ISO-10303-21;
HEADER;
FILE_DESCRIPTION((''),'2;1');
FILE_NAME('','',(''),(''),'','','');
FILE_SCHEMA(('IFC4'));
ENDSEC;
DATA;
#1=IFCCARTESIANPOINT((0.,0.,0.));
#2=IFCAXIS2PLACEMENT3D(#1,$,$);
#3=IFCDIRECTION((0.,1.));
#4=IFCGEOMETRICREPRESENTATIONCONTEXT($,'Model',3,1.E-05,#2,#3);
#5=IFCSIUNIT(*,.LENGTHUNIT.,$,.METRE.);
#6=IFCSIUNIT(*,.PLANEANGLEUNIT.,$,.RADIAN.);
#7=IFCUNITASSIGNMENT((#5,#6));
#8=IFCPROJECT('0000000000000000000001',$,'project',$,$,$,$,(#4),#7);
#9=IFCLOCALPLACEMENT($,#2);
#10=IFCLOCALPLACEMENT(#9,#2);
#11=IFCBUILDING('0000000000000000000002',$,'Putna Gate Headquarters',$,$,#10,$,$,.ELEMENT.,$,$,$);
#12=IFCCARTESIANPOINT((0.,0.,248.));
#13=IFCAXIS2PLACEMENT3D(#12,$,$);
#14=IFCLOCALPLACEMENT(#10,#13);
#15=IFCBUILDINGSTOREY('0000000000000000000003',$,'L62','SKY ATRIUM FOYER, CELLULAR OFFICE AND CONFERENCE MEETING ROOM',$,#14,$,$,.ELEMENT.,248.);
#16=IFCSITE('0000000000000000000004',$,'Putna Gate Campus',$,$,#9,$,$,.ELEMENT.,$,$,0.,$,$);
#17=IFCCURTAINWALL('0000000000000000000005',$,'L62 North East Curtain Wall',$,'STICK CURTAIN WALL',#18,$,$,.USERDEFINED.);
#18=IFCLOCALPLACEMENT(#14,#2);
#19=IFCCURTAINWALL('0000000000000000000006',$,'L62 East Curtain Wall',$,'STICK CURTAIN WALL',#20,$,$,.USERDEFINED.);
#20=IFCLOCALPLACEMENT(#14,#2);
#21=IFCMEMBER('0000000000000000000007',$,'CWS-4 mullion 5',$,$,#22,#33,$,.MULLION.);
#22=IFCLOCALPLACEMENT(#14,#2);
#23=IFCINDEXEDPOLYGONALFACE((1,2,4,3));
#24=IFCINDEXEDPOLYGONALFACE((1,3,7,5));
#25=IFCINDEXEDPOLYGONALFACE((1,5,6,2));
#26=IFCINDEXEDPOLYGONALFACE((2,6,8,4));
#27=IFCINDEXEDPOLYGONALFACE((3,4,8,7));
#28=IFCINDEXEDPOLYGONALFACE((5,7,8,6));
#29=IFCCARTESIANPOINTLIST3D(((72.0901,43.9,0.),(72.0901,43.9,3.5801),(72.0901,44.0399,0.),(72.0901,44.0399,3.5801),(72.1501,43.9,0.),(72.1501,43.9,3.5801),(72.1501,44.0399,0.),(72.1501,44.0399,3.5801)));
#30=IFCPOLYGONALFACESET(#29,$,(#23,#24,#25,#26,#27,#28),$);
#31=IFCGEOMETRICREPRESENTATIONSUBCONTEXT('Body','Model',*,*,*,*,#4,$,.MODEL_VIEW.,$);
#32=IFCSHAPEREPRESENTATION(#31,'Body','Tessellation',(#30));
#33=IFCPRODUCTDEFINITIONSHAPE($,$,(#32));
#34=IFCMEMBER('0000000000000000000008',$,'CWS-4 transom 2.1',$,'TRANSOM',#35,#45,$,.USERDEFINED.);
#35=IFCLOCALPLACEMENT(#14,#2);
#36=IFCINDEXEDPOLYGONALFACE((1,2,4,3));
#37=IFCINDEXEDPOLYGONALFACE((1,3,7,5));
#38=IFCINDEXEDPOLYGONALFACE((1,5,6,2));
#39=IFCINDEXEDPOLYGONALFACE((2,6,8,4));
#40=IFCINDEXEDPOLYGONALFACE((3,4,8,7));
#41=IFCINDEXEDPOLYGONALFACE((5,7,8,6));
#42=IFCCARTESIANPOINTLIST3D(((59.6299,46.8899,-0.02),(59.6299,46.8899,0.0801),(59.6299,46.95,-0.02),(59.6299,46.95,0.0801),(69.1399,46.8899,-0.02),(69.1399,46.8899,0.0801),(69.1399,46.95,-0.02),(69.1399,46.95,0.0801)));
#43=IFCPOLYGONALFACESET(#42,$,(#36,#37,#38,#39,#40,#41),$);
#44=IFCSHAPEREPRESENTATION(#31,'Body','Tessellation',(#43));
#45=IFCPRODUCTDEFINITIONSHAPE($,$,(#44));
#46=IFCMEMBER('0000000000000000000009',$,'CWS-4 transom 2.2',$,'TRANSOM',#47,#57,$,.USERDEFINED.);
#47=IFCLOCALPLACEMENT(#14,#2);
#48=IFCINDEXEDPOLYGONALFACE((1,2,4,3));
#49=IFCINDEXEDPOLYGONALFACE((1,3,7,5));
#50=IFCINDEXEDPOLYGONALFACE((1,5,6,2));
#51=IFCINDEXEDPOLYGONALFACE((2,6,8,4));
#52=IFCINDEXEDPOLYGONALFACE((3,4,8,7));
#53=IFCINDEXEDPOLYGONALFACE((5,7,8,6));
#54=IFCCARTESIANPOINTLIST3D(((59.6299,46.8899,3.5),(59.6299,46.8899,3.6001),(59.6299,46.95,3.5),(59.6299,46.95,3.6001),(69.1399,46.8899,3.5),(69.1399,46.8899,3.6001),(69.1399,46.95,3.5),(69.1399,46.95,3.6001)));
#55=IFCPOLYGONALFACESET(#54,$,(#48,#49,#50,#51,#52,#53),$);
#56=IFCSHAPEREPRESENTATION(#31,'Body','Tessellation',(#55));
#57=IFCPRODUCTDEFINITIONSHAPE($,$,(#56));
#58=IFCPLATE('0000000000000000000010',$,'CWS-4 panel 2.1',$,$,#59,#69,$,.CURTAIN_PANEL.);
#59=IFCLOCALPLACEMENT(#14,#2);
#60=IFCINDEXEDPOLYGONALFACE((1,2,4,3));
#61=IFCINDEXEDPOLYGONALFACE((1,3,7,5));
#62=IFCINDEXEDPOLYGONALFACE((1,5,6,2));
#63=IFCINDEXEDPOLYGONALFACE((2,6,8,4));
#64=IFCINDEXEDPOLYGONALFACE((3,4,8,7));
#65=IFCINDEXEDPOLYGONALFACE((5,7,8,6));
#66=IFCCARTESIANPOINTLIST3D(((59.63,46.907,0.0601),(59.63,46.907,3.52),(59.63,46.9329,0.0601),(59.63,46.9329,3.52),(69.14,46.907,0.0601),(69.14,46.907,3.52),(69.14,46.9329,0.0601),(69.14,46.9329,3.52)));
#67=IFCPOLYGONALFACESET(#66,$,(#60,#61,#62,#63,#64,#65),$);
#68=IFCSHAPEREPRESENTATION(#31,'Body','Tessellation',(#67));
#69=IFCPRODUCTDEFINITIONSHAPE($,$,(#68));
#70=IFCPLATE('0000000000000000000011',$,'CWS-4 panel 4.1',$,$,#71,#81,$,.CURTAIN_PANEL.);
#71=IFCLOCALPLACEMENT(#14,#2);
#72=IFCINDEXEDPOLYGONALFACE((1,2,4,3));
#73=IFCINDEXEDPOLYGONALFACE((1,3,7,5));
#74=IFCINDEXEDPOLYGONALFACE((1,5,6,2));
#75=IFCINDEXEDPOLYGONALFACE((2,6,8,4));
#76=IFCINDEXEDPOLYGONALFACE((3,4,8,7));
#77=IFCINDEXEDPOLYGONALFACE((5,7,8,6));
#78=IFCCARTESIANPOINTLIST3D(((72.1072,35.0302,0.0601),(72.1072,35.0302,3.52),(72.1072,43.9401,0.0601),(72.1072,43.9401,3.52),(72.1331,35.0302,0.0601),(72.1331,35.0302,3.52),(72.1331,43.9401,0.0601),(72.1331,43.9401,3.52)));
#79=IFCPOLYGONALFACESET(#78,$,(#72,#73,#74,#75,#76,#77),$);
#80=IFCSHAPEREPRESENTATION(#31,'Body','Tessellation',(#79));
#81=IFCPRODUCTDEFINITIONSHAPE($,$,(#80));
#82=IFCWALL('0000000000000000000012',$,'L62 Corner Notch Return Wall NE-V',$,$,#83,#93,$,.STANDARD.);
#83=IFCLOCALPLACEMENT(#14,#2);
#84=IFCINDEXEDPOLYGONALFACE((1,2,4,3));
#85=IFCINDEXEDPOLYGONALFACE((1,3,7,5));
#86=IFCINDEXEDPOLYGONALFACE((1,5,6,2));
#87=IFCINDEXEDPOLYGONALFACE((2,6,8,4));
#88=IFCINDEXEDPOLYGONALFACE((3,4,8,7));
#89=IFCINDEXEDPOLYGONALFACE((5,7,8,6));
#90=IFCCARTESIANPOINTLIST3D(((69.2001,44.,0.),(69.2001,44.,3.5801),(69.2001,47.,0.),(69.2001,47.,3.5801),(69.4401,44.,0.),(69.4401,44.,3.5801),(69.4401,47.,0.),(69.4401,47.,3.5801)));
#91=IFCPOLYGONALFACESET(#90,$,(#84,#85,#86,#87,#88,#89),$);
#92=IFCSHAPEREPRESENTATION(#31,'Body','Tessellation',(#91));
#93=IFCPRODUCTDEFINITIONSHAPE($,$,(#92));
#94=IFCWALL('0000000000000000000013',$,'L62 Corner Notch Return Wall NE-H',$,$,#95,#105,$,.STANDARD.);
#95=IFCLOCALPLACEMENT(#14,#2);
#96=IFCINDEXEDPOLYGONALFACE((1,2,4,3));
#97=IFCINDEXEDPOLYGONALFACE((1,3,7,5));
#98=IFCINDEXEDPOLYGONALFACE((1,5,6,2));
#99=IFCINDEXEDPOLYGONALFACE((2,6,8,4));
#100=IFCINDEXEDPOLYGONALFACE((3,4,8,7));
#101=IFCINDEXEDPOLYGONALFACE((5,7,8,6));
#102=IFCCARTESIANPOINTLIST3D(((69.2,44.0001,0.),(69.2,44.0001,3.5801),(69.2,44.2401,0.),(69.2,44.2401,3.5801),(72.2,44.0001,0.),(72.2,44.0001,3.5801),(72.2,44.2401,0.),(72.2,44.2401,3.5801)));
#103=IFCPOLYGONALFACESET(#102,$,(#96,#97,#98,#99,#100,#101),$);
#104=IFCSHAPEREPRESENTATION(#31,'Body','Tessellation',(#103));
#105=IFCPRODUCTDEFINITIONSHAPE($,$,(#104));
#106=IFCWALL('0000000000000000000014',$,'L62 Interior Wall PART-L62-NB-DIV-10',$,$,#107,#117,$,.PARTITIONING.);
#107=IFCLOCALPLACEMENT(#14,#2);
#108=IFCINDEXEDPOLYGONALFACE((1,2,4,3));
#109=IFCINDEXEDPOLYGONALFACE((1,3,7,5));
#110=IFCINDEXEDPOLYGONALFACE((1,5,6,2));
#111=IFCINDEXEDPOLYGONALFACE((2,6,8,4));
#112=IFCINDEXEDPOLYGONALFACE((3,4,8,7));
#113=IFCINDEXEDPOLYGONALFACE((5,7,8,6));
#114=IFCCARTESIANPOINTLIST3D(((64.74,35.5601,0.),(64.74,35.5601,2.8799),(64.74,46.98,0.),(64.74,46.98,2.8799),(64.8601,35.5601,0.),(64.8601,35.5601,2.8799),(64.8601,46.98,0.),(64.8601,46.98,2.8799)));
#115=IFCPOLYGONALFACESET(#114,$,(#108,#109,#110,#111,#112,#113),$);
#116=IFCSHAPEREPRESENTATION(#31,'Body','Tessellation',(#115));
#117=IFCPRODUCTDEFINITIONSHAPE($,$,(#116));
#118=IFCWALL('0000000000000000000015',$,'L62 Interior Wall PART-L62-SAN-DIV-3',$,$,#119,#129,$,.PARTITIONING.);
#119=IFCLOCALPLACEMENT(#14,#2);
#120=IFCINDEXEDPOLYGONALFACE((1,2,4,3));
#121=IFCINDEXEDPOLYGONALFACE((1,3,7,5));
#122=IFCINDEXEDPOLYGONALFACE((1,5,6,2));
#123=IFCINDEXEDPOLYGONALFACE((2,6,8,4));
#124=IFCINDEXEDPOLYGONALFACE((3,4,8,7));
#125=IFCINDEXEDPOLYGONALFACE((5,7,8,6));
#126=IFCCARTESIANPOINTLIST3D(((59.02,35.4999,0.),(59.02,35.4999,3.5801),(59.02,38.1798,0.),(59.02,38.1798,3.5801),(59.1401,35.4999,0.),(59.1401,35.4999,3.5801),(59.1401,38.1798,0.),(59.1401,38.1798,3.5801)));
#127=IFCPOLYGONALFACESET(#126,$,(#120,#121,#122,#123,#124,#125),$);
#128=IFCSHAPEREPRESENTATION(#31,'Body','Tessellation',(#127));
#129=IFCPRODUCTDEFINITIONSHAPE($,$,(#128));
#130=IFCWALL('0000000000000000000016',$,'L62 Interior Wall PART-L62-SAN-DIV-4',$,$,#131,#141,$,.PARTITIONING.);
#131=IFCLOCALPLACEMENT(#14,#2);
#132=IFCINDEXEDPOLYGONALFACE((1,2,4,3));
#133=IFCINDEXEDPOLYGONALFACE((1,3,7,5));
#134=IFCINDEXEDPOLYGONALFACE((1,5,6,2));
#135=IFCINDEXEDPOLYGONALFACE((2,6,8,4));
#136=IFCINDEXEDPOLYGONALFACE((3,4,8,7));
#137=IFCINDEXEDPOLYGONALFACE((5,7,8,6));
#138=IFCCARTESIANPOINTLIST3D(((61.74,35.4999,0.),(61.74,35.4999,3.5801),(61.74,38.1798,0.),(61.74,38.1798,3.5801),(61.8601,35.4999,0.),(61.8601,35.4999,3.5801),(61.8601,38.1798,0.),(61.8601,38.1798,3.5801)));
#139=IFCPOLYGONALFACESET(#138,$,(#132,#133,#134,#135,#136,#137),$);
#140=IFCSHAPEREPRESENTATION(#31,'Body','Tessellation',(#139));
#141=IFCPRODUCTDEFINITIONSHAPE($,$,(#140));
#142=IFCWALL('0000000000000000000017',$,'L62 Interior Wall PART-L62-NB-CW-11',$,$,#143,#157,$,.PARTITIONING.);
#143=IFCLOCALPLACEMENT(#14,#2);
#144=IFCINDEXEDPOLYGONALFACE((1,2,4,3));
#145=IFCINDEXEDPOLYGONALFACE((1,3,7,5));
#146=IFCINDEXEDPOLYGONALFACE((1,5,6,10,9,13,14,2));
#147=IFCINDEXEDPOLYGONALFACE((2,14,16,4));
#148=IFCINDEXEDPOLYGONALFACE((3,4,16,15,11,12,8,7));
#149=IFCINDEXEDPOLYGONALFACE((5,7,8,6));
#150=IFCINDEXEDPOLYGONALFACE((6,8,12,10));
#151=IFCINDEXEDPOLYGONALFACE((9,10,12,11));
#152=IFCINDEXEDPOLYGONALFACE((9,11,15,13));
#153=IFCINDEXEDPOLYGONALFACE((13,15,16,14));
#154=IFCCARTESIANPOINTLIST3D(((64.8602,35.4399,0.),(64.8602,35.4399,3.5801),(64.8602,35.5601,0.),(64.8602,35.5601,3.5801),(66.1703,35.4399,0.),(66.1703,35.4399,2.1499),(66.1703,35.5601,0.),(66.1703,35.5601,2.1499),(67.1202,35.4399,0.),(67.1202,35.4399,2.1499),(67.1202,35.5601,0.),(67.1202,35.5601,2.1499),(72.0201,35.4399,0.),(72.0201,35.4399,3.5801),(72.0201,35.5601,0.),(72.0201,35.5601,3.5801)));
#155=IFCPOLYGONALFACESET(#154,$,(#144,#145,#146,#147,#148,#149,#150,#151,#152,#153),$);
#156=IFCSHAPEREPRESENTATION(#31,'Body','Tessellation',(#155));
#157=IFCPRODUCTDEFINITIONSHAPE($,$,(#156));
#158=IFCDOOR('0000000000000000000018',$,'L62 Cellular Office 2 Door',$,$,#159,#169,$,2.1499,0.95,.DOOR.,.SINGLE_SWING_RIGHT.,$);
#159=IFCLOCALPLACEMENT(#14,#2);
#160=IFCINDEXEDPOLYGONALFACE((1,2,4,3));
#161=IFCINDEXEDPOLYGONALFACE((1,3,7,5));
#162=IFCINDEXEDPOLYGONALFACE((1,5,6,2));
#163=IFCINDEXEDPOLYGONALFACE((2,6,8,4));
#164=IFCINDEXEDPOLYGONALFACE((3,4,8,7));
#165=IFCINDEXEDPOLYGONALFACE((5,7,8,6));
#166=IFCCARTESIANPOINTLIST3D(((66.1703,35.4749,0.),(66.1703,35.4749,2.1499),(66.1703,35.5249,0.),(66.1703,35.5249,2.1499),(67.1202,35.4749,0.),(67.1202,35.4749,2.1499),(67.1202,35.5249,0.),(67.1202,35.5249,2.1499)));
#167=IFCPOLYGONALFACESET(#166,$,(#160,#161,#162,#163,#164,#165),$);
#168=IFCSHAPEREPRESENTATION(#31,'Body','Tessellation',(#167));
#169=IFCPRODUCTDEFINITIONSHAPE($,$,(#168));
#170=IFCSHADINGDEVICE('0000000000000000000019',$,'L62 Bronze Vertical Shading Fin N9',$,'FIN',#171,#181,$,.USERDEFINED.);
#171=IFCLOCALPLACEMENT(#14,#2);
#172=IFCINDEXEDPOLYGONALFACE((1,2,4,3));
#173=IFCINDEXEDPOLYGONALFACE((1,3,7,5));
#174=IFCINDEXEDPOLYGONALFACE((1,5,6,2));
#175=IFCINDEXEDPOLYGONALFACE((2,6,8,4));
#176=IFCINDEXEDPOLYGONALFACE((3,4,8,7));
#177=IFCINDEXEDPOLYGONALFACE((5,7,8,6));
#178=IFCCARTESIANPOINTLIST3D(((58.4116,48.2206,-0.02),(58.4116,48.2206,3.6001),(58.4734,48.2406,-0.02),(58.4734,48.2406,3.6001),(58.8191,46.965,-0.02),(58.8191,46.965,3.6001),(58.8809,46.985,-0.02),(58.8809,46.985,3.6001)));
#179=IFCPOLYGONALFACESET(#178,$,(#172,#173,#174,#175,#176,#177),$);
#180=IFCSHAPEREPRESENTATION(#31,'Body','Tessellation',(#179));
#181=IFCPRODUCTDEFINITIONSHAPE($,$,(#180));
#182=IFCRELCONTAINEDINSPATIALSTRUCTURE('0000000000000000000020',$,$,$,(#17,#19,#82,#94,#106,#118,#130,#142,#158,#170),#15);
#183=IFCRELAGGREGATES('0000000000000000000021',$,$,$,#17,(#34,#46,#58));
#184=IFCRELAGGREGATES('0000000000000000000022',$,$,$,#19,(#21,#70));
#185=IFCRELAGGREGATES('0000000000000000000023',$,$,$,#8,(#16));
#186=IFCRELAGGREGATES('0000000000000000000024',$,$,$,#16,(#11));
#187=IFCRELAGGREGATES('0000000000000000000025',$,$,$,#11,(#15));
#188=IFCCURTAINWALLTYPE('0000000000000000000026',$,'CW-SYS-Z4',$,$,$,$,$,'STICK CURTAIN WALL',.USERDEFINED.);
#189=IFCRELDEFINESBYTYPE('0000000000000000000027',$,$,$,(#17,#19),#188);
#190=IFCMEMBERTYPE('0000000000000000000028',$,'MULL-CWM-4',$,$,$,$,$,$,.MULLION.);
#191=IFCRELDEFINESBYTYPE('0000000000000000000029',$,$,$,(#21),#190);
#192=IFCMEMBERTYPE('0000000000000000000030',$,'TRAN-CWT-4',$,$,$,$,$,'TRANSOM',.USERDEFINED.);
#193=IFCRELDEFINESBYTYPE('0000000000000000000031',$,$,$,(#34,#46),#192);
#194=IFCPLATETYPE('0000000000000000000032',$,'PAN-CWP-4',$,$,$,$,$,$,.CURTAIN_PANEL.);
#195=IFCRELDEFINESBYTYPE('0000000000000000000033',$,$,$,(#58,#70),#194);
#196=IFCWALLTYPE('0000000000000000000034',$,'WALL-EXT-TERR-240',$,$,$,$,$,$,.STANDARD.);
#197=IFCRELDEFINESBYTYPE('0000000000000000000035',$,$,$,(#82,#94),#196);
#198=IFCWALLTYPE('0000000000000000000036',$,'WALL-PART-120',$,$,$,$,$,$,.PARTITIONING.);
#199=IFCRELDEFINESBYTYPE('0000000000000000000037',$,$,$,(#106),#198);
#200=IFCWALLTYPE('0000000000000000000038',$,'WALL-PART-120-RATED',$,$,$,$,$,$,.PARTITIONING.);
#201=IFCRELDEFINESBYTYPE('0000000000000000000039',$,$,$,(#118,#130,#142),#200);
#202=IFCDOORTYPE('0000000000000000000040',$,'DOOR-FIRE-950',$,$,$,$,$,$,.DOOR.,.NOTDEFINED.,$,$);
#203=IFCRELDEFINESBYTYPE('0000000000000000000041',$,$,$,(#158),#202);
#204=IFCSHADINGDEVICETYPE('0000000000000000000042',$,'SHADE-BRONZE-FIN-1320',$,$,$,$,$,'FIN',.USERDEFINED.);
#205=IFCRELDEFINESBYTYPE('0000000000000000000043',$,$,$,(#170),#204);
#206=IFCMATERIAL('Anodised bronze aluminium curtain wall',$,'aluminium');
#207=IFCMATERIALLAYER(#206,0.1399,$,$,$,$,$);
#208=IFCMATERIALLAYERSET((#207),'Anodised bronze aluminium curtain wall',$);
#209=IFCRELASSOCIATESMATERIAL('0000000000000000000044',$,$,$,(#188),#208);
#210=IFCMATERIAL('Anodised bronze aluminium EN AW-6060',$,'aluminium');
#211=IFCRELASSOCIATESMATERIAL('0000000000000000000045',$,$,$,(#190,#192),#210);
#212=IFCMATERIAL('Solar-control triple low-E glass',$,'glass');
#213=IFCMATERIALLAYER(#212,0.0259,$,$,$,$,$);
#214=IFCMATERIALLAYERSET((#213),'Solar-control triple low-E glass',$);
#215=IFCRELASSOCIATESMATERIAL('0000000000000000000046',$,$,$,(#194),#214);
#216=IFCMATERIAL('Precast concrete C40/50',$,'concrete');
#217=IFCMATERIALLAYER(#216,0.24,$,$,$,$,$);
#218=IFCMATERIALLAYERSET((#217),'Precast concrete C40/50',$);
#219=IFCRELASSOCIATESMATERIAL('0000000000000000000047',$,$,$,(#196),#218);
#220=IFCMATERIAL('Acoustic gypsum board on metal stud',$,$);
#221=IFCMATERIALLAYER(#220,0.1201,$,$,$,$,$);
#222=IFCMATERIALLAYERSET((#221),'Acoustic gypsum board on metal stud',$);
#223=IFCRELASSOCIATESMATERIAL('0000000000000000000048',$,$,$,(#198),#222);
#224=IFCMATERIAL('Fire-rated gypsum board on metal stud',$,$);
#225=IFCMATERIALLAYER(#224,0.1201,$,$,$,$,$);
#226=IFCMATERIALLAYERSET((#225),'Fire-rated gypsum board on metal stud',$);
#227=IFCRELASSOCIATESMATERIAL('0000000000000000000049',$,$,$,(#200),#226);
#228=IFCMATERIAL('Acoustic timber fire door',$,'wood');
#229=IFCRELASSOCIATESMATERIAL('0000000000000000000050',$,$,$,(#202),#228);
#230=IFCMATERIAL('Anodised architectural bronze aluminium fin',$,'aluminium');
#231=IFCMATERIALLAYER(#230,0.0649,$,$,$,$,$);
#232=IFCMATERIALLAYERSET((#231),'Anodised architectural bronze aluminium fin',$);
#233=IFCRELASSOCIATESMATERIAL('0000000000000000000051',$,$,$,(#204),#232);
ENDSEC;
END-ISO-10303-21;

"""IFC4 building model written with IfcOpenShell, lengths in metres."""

from ifc_helpers import new_model, si_unit, direction, frame, frame_2d, origin, origin_2d, place, context, subcontext, project, spatial, rectangle, extrude, material, layer, layer_set, material_profile, profile_set, type_object, element, fill, aggregate, save


model = new_model("IFC4")

# Units and contexts
model_context = context("Model", 3, precision=1e-05, world=origin(), true_north=direction((0.0, 1.0)))
body_context = subcontext(model_context, "Body", "Model", "MODEL_VIEW")
ifc_project = project(units=[si_unit("LENGTHUNIT", "METRE"), si_unit("PLANEANGLEUNIT", "RADIAN")], contexts=[model_context])

# Site, building, storey
site_placement = place(None, origin())
site = spatial("IfcSite", under=ifc_project, at=site_placement, Name="Putna Gate Campus", CompositionType="ELEMENT", RefElevation=0.0)
building_placement = place(site_placement, origin())
building = spatial("IfcBuilding", under=site, at=building_placement, Name="Putna Gate Headquarters", CompositionType="ELEMENT")
storey_placement = place(building_placement, frame((0.0, 0.0, 248.0)))
storey = spatial("IfcBuildingStorey", under=building, at=storey_placement, Name="L62", Description="SKY ATRIUM FOYER, CELLULAR OFFICE AND CONFERENCE MEETING ROOM", CompositionType="ELEMENT", Elevation=248.0)

# Curtain wall
ifc_material_1 = material(Name="Anodised bronze aluminium curtain wall", Category="aluminium")
ifc_layer_1 = layer(ifc_material_1, 0.1399)
ifc_layer_set_1 = layer_set([ifc_layer_1], Name="Anodised bronze aluminium curtain wall")
curtain_wall_type = type_object("IfcCurtainWallType", Name="CW-SYS-Z4", ElementType="STICK CURTAIN WALL", PredefinedType="USERDEFINED", material=ifc_layer_set_1)
curtain_wall_1_placement = place(storey_placement, origin())
curtain_wall_1 = element("IfcCurtainWall", 1, at=curtain_wall_1_placement, inside=storey, type_object=curtain_wall_type, Name="L62 North East Curtain Wall", ObjectType="STICK CURTAIN WALL", PredefinedType="USERDEFINED")
ifc_material_2 = material(Name="Anodised bronze aluminium EN AW-6060", Category="aluminium")
ifc_material_profile_1 = material_profile(ifc_material_2, rectangle(XDim=0.0601, YDim=0.1399, at=origin_2d()), Name="Anodised bronze aluminium EN AW-6060")
ifc_profile_set_1 = profile_set([ifc_material_profile_1], Name="Anodised bronze aluminium EN AW-6060")
member_type_1 = type_object("IfcMemberType", Name="MULL-CWM-4", PredefinedType="MULLION", material=ifc_profile_set_1)

# Curtain wall, member
curtain_wall_2_placement = place(storey_placement, origin())
curtain_wall_2 = element("IfcCurtainWall", 2, at=curtain_wall_2_placement, inside=storey, type_object=curtain_wall_type, Name="L62 East Curtain Wall", ObjectType="STICK CURTAIN WALL", PredefinedType="USERDEFINED")
member_1_placement = place(storey_placement, frame((72.1201, 43.97, 0.0), z_axis=(0.0, 0.0, 1.0), x_axis=(-1.0, 0.0, 0.0)))
member_1 = element("IfcMember", 3, at=member_1_placement, type_object=member_type_1, Name="CWS-4 mullion 5", PredefinedType="MULLION", context=body_context, shape_type="SweptSolid", body=[
    extrude(rectangle(XDim=0.0601, YDim=0.1399, at=origin_2d()), origin(), (0.0, 0.0, 1.0), 3.5801),
])

# Members
ifc_material_profile_2 = material_profile(ifc_material_2, rectangle(XDim=0.0601, YDim=0.1001, at=origin_2d()), Name="Anodised bronze aluminium EN AW-6060")
ifc_profile_set_2 = profile_set([ifc_material_profile_2], Name="Anodised bronze aluminium EN AW-6060")
member_type_2 = type_object("IfcMemberType", Name="TRAN-CWT-4", ElementType="TRANSOM", PredefinedType="USERDEFINED", material=ifc_profile_set_2)
member_2_placement = place(storey_placement, frame((59.6299, 46.9199, 0.03), z_axis=(1.0, 0.0, 0.0), x_axis=(0.0, 1.0, 0.0)))
member_2 = element("IfcMember", 4, at=member_2_placement, type_object=member_type_2, Name="CWS-4 transom 2.1", ObjectType="TRANSOM", PredefinedType="USERDEFINED", context=body_context, shape_type="SweptSolid", body=[
    extrude(rectangle(XDim=0.0601, YDim=0.1001, at=origin_2d()), origin(), (0.0, 0.0, 1.0), 9.51),
])
member_3_placement = place(storey_placement, frame((59.6299, 46.9199, 3.55), z_axis=(1.0, 0.0, 0.0), x_axis=(0.0, 1.0, 0.0)))
member_3 = element("IfcMember", 5, at=member_3_placement, type_object=member_type_2, Name="CWS-4 transom 2.2", ObjectType="TRANSOM", PredefinedType="USERDEFINED", context=body_context, shape_type="SweptSolid", body=[
    extrude(rectangle(XDim=0.0601, YDim=0.1001, at=origin_2d()), origin(), (0.0, 0.0, 1.0), 9.51),
])

# Plates
ifc_material_3 = material(Name="Solar-control triple low-E glass", Category="glass")
ifc_layer_2 = layer(ifc_material_3, 0.0259)
ifc_layer_set_2 = layer_set([ifc_layer_2], Name="Solar-control triple low-E glass")
plate_type = type_object("IfcPlateType", Name="PAN-CWP-4", PredefinedType="CURTAIN_PANEL", material=ifc_layer_set_2)
plate_1_placement = place(storey_placement, frame((64.385, 46.9199, 0.0601), z_axis=(0.0, 0.0, 1.0), x_axis=(1.0, 0.0, 0.0)))
plate_1 = element("IfcPlate", 6, at=plate_1_placement, type_object=plate_type, Name="CWS-4 panel 2.1", PredefinedType="CURTAIN_PANEL", context=body_context, shape_type="SweptSolid", body=[
    extrude(rectangle(XDim=9.51, YDim=0.0259, at=origin_2d()), origin(), (0.0, 0.0, 1.0), 3.46),
])
aggregate(curtain_wall_1, [member_2, member_3, plate_1])
plate_2_placement = place(storey_placement, frame((72.1201, 39.4851, 0.0601), z_axis=(0.0, 0.0, 1.0), x_axis=(0.0, 1.0, 0.0)))
plate_2 = element("IfcPlate", 7, at=plate_2_placement, type_object=plate_type, Name="CWS-4 panel 4.1", PredefinedType="CURTAIN_PANEL", context=body_context, shape_type="SweptSolid", body=[
    extrude(rectangle(XDim=8.9099, YDim=0.0259, at=origin_2d()), origin(), (0.0, 0.0, 1.0), 3.46),
])
aggregate(curtain_wall_2, [member_1, plate_2])

# Walls
ifc_material_4 = material(Name="Precast concrete C40/50", Category="concrete")
ifc_layer_3 = layer(ifc_material_4, 0.24)
ifc_layer_set_3 = layer_set([ifc_layer_3], Name="Precast concrete C40/50")
wall_type_1 = type_object("IfcWallType", Name="WALL-EXT-TERR-240", PredefinedType="STANDARD", material=ifc_layer_set_3)
for number, where, z_axis, x_axis, name in (
    (8, (69.3201, 47.0, 0.0), (0.0, 0.0, 1.0), (0.0, -1.0, 0.0), "L62 Corner Notch Return Wall NE-V"),
    (9, (69.2, 44.1201, 0.0), (0.0, 0.0, 1.0), (1.0, 0.0, 0.0), "L62 Corner Notch Return Wall NE-H"),
):
    element("IfcWall", number, at=place(storey_placement, frame(where, z_axis=z_axis, x_axis=x_axis)), inside=storey, type_object=wall_type_1, Name=name, PredefinedType="STANDARD", context=body_context, shape_type="SweptSolid", body=[
        extrude(rectangle(XDim=3.0, YDim=0.24, at=frame_2d((1.5, 0.0))), origin(), (0.0, 0.0, 1.0), 3.5801),
    ])
ifc_material_5 = material(Name="Acoustic gypsum board on metal stud")
ifc_layer_4 = layer(ifc_material_5, 0.1201)
ifc_layer_set_4 = layer_set([ifc_layer_4], Name="Acoustic gypsum board on metal stud")
wall_type_2 = type_object("IfcWallType", Name="WALL-PART-120", PredefinedType="PARTITIONING", material=ifc_layer_set_4)
wall_1_placement = place(storey_placement, frame((64.8, 35.5601, 0.0), z_axis=(0.0, 0.0, 1.0), x_axis=(0.0, 1.0, 0.0)))
element("IfcWall", 10, at=wall_1_placement, inside=storey, type_object=wall_type_2, Name="L62 Interior Wall PART-L62-NB-DIV-10", PredefinedType="PARTITIONING", context=body_context, shape_type="SweptSolid", body=[
    extrude(rectangle(XDim=11.4199, YDim=0.1201, at=frame_2d((5.71, 0.0))), origin(), (0.0, 0.0, 1.0), 2.8799),
])
ifc_material_6 = material(Name="Fire-rated gypsum board on metal stud")
ifc_layer_5 = layer(ifc_material_6, 0.1201)
ifc_layer_set_5 = layer_set([ifc_layer_5], Name="Fire-rated gypsum board on metal stud")
wall_type_3 = type_object("IfcWallType", Name="WALL-PART-120-RATED", PredefinedType="PARTITIONING", material=ifc_layer_set_5)
for number, where, z_axis, x_axis, name in (
    (11, (59.0801, 35.5, 0.0), (0.0, 0.0, 1.0), (0.0, 1.0, 0.0), "L62 Interior Wall PART-L62-SAN-DIV-3"),
    (12, (61.8, 35.5, 0.0), (0.0, 0.0, 1.0), (0.0, 1.0, 0.0), "L62 Interior Wall PART-L62-SAN-DIV-4"),
):
    element("IfcWall", number, at=place(storey_placement, frame(where, z_axis=z_axis, x_axis=x_axis)), inside=storey, type_object=wall_type_3, Name=name, PredefinedType="PARTITIONING", context=body_context, shape_type="SweptSolid", body=[
        extrude(rectangle(XDim=2.6799, YDim=0.1201, at=frame_2d((1.3398, 0.0))), origin(), (0.0, 0.0, 1.0), 3.5801),
    ])

# Wall, opening, door
wall_2_placement = place(storey_placement, frame((64.8601, 35.5, 0.0), z_axis=(0.0, 0.0, 1.0), x_axis=(1.0, 0.0, 0.0)))
wall_2 = element("IfcWall", 13, at=wall_2_placement, inside=storey, type_object=wall_type_3, Name="L62 Interior Wall PART-L62-NB-CW-11", PredefinedType="PARTITIONING", context=body_context, shape_type="SweptSolid", body=[
    extrude(rectangle(XDim=7.1599, YDim=0.1201, at=frame_2d((3.5801, 0.0))), origin(), (0.0, 0.0, 1.0), 3.5801),
])
opening_placement = place(wall_2_placement, frame((1.3101, 0.0, 0.0)))
opening = element("IfcOpeningElement", 14, at=opening_placement, cuts=wall_2, PredefinedType="OPENING", context=body_context, shape_type="SweptSolid", body=[
    extrude(rectangle(XDim=0.95, YDim=2.1499, at=frame_2d((0.4751, 1.075))), frame((0.0, 0.0701, 0.0), z_axis=(0.0, -1.0, 0.0), x_axis=(1.0, 0.0, 0.0)), (0.0, 0.0, 1.0), 0.1401),
])
ifc_material_7 = material(Name="Acoustic timber fire door", Category="wood")
door_type = type_object("IfcDoorType", Name="DOOR-FIRE-950", OperationType="NOTDEFINED", PredefinedType="DOOR", material=ifc_material_7)
door_placement = place(opening_placement, origin())
door = element("IfcDoor", 15, at=door_placement, inside=storey, type_object=door_type, Name="L62 Cellular Office 2 Door", OperationType="SINGLE_SWING_RIGHT", OverallHeight=2.1499, OverallWidth=0.95, PredefinedType="DOOR", context=body_context, shape_type="SweptSolid", body=[
    extrude(rectangle(XDim=0.95, YDim=2.1499, at=frame_2d((0.4751, 1.075))), frame((0.0, 0.0249, 0.0), z_axis=(0.0, -1.0, 0.0), x_axis=(1.0, 0.0, 0.0)), (0.0, 0.0, 1.0), 0.05),
])
fill(opening, door)

# Shading device
ifc_material_8 = material(Name="Anodised architectural bronze aluminium fin", Category="aluminium")
ifc_layer_6 = layer(ifc_material_8, 0.0649)
ifc_layer_set_6 = layer_set([ifc_layer_6], Name="Anodised architectural bronze aluminium fin")
shading_device_type = type_object("IfcShadingDeviceType", Name="SHADE-BRONZE-FIN-1320", ElementType="FIN", PredefinedType="USERDEFINED", material=ifc_layer_set_6)
for number, where, z_axis, x_axis, name in (
    (16, (58.6462, 47.6028, -0.02), (0.0, 0.0, 1.0), (-0.308685, 0.951164, 0.0), "L62 Bronze Vertical Shading Fin N9"),
):
    element("IfcShadingDevice", number, at=place(storey_placement, frame(where, z_axis=z_axis, x_axis=x_axis)), inside=storey, type_object=shading_device_type, Name=name, ObjectType="FIN", PredefinedType="USERDEFINED", context=body_context, shape_type="SweptSolid", body=[
        extrude(rectangle(XDim=1.3201, YDim=0.0649, at=origin_2d()), origin(), (0.0, 0.0, 1.0), 3.6201),
    ])

save(model, "model.ifc")
